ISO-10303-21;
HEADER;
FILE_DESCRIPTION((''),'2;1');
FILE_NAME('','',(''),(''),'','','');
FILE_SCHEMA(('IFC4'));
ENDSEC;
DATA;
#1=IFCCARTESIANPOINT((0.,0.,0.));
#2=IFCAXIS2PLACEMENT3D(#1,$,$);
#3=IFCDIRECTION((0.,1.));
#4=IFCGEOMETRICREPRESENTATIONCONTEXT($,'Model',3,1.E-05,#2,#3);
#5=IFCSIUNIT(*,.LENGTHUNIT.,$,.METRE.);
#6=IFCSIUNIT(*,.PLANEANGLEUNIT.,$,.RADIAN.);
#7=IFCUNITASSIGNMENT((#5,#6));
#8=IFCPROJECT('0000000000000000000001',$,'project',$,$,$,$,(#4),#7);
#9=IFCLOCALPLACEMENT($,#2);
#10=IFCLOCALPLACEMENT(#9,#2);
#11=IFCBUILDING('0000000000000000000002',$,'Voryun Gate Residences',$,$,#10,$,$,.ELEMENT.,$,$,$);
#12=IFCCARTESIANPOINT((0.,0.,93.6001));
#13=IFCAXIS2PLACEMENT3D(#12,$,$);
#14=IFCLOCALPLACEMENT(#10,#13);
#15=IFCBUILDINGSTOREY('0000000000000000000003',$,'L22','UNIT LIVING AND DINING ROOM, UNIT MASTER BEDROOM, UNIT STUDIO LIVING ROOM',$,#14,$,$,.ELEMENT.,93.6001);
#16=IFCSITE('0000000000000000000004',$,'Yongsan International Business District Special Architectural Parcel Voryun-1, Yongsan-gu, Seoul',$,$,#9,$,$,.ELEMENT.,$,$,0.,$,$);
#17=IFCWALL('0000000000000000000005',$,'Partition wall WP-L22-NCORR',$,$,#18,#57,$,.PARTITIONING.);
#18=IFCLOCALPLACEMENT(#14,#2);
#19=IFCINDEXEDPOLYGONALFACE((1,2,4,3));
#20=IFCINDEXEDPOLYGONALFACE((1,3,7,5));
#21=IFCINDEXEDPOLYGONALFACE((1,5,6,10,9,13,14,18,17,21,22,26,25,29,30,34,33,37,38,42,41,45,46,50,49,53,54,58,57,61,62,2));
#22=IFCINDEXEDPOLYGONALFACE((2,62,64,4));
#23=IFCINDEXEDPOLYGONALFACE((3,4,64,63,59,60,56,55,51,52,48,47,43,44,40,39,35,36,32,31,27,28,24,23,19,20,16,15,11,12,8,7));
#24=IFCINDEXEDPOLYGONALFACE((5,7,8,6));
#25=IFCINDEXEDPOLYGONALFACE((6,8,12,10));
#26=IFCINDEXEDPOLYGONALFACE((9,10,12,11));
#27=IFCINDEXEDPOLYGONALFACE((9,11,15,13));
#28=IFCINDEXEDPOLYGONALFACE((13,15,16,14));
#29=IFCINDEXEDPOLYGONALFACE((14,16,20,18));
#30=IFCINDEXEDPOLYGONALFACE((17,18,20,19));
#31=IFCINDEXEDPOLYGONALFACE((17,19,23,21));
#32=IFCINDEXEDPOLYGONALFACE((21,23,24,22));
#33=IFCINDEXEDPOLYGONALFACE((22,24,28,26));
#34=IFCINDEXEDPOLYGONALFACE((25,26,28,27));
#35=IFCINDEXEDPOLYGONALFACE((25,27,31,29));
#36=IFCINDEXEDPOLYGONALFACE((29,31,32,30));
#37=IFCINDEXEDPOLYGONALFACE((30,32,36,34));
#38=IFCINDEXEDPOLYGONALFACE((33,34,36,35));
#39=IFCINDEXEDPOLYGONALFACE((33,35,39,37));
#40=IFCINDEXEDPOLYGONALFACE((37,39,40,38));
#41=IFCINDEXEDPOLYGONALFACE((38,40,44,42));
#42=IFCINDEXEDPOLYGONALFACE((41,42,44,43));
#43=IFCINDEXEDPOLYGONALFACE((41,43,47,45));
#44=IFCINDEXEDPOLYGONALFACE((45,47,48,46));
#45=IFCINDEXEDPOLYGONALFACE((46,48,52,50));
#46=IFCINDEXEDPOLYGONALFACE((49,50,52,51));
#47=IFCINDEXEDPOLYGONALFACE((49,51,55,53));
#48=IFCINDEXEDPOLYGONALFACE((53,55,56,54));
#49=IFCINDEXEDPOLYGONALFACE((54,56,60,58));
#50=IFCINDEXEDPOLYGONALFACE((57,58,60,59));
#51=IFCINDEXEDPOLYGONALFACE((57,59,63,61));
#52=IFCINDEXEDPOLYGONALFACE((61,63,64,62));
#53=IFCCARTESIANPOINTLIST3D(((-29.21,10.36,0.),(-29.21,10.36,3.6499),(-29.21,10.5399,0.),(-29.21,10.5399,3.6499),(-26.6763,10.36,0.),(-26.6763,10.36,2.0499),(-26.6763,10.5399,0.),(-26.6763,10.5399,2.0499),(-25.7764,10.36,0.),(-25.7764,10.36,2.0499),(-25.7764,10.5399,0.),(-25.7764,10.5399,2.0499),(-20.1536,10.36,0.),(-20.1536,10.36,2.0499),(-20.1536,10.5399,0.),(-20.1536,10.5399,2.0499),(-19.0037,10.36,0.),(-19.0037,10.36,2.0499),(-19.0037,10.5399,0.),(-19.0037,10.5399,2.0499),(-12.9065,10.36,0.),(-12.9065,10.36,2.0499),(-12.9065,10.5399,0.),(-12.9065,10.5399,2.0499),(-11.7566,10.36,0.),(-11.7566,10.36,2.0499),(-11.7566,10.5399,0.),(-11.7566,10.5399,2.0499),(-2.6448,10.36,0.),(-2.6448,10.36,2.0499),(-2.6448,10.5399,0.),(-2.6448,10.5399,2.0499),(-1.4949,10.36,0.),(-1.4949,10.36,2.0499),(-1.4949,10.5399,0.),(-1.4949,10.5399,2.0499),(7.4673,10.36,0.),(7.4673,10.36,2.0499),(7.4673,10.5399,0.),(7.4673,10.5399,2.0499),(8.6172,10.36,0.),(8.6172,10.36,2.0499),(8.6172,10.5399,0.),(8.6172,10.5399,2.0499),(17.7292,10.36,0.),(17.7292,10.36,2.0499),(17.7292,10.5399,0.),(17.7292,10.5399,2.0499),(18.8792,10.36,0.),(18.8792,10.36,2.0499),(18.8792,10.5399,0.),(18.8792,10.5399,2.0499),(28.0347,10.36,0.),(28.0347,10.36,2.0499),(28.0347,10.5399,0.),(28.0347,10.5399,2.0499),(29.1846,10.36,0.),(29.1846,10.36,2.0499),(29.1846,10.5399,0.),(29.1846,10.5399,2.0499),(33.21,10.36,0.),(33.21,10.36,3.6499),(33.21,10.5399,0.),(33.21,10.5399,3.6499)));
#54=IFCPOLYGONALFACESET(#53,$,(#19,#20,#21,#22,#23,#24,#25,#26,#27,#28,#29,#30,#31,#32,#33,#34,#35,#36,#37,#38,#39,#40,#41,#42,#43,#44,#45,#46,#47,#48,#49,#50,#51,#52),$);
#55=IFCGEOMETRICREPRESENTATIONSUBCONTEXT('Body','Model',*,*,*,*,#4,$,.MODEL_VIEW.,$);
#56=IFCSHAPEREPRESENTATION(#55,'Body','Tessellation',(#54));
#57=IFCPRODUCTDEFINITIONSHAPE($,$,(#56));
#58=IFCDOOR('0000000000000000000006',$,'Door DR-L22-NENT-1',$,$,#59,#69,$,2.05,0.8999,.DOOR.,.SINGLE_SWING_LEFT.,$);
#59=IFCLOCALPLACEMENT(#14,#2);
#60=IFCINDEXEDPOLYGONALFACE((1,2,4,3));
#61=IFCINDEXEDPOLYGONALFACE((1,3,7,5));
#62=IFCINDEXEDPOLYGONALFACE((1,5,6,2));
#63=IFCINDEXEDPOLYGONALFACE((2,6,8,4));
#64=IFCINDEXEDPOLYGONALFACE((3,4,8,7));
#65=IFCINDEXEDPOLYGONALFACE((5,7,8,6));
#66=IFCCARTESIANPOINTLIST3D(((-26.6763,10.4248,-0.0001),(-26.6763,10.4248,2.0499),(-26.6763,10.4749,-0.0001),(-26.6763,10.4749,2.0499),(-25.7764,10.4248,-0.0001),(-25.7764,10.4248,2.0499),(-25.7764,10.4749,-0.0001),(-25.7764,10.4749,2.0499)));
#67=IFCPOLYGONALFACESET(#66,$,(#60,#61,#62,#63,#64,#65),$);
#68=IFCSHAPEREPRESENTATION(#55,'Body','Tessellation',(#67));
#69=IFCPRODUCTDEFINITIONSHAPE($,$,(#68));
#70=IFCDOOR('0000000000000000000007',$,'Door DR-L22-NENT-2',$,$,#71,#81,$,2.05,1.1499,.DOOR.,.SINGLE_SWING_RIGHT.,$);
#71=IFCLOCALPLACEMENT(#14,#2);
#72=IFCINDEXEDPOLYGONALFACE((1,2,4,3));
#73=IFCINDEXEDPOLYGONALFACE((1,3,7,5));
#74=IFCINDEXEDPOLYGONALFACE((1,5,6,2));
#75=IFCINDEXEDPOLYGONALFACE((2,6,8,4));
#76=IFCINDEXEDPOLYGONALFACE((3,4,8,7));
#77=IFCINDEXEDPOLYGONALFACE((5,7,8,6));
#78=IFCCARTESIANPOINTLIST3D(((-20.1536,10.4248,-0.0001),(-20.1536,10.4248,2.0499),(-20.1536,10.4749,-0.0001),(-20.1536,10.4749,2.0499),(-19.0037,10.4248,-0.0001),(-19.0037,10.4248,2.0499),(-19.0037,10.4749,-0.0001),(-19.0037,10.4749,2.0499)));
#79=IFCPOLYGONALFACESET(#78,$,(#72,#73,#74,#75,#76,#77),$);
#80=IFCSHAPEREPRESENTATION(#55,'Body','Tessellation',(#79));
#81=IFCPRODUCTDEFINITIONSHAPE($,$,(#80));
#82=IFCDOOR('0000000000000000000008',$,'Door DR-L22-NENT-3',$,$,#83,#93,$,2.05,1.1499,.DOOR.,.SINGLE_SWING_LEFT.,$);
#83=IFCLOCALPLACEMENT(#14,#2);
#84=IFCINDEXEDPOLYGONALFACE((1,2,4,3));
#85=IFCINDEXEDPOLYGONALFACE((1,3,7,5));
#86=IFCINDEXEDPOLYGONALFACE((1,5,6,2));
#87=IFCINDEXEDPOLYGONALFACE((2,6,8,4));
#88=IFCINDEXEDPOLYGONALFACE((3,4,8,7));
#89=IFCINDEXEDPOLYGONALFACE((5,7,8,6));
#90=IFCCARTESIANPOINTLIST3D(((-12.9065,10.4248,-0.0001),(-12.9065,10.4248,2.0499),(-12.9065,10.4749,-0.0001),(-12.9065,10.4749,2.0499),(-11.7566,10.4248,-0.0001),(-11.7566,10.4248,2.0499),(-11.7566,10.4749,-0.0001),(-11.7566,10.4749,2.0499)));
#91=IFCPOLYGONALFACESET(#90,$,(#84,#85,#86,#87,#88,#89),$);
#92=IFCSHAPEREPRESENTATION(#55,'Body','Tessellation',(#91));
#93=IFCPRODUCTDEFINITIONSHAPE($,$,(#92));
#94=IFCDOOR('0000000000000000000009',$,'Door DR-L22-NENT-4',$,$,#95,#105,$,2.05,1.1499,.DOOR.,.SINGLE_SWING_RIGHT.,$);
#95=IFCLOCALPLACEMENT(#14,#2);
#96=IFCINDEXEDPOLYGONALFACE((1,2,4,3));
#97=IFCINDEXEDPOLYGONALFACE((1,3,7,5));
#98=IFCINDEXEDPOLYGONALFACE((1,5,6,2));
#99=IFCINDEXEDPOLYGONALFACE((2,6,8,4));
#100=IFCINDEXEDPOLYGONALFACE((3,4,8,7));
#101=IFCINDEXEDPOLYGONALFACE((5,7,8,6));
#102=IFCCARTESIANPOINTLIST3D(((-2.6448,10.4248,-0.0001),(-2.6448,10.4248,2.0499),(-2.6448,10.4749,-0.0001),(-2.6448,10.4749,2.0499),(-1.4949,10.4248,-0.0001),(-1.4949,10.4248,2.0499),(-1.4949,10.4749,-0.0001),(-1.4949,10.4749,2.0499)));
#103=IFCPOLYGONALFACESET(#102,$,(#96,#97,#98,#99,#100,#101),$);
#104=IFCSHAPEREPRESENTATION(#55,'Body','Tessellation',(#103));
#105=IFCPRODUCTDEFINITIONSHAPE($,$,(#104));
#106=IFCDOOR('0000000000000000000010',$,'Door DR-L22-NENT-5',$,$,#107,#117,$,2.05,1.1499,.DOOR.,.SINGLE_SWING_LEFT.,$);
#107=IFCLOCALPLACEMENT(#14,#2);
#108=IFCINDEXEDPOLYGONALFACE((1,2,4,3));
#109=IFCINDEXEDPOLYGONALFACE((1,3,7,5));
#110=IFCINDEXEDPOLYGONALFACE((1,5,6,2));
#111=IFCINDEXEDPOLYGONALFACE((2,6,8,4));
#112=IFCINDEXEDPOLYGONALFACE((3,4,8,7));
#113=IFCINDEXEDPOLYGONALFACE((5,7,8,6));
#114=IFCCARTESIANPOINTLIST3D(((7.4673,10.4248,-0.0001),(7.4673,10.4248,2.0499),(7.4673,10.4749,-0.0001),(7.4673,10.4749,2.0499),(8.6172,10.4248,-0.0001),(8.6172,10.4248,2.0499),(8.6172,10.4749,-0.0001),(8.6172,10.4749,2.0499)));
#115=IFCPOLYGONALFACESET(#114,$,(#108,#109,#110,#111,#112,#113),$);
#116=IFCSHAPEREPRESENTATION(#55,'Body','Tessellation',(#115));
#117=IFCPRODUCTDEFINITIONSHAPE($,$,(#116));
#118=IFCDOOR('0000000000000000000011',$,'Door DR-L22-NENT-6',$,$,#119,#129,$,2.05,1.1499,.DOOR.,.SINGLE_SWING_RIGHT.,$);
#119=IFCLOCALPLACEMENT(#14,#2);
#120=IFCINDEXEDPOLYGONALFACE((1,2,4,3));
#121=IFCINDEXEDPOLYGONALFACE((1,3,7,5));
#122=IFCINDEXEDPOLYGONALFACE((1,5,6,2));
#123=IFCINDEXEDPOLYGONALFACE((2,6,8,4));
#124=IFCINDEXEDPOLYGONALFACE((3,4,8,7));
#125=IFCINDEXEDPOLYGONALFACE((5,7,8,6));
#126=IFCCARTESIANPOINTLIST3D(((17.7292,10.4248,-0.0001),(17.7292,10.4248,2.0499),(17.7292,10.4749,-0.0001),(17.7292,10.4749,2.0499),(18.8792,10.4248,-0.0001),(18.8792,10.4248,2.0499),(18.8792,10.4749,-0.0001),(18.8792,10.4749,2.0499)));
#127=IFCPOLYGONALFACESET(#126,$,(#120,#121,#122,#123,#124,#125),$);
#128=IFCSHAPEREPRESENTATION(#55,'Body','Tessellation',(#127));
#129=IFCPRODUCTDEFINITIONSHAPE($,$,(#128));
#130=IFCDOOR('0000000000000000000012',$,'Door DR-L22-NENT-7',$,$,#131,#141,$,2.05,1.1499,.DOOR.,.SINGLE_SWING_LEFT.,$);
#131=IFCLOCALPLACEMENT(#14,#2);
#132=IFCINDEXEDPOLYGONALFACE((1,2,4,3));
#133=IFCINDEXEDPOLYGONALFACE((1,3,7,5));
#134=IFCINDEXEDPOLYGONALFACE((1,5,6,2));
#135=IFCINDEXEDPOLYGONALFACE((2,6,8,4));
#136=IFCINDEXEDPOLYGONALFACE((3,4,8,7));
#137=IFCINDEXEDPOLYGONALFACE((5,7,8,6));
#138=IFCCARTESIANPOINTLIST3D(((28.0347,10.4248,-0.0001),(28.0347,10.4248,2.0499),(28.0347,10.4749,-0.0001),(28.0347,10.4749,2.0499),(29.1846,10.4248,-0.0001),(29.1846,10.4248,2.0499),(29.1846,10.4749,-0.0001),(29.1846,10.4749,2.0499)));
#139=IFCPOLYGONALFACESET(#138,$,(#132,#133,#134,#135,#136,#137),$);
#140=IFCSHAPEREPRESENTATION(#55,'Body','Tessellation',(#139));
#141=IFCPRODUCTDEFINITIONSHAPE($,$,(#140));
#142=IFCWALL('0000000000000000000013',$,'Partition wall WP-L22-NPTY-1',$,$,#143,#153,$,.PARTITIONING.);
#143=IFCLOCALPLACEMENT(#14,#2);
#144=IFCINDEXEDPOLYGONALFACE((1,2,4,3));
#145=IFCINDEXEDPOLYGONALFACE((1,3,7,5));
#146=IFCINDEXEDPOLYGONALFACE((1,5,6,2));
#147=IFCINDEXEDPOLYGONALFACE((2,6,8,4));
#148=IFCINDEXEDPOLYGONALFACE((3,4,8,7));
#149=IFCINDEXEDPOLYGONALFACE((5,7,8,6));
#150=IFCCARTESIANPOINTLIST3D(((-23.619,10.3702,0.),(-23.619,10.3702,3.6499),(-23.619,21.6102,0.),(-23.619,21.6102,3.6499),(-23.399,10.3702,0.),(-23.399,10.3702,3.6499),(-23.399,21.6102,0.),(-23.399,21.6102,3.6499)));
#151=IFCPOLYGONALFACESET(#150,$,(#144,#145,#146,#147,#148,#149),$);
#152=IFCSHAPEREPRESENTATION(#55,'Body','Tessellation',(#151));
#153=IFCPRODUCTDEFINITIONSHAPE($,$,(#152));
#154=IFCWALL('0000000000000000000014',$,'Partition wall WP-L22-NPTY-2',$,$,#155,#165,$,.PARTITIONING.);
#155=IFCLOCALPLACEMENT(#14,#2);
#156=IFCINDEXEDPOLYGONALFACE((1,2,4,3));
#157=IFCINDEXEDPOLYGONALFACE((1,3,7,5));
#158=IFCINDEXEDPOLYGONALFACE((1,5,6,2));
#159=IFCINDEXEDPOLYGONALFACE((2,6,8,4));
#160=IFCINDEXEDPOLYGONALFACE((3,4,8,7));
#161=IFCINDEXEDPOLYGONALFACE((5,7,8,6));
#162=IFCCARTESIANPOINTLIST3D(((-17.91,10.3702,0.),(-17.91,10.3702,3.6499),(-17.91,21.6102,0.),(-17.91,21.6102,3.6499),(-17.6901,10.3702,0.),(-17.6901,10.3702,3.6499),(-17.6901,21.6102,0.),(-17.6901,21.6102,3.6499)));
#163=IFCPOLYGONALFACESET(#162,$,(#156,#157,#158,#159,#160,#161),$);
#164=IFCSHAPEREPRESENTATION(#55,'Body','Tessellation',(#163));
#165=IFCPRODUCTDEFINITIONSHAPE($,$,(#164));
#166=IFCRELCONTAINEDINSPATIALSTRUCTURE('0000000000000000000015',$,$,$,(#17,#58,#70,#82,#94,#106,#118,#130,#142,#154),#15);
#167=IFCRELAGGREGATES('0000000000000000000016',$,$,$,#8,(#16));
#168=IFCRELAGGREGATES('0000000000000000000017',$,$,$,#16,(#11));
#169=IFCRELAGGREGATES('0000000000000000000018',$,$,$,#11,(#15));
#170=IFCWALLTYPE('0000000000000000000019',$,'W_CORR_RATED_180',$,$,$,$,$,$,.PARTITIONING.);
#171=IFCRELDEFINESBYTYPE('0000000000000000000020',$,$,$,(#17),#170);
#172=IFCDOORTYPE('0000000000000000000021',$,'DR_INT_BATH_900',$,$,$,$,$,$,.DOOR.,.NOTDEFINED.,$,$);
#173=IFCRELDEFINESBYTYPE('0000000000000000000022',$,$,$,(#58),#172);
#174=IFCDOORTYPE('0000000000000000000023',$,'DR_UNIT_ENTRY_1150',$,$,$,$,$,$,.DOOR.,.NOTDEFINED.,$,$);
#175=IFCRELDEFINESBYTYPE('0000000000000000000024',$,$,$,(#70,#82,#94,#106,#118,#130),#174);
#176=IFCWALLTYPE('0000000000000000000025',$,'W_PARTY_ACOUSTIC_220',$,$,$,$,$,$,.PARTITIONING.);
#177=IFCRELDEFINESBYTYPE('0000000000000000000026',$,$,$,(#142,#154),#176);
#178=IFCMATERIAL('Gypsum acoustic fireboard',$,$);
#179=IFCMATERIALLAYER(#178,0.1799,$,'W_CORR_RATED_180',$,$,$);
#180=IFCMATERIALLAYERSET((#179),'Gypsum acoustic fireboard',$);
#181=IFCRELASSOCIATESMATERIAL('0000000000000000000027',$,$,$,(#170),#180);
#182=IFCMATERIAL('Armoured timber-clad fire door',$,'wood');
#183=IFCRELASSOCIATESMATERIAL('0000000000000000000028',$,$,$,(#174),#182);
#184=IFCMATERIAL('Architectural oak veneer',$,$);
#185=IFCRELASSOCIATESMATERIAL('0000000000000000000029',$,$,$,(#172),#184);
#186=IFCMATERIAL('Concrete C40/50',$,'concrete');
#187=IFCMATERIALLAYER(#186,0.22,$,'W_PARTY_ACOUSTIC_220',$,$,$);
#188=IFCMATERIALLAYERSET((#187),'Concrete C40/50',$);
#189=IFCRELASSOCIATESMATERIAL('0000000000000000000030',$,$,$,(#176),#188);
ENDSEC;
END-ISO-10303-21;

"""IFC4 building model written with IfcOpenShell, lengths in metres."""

from ifc_helpers import new_model, si_unit, direction, frame, frame_2d, origin, place, context, subcontext, project, spatial, rectangle, extrude, material, layer, layer_set, type_object, element, fill, save


model = new_model("IFC4")

# Units and contexts
model_context = context("Model", 3, precision=1e-05, world=origin(), true_north=direction((0.0, 1.0)))
body_context = subcontext(model_context, "Body", "Model", "MODEL_VIEW")
ifc_project = project(units=[si_unit("LENGTHUNIT", "METRE"), si_unit("PLANEANGLEUNIT", "RADIAN")], contexts=[model_context])

# Site, building, storey
site_placement = place(None, origin())
site = spatial("IfcSite", under=ifc_project, at=site_placement, Name="Yongsan International Business District Special Architectural Parcel Voryun-1, Yongsan-gu, Seoul", CompositionType="ELEMENT", RefElevation=0.0)
building_placement = place(site_placement, origin())
building = spatial("IfcBuilding", under=site, at=building_placement, Name="Voryun Gate Residences", CompositionType="ELEMENT")
storey_placement = place(building_placement, frame((0.0, 0.0, 93.6001)))
storey = spatial("IfcBuildingStorey", under=building, at=storey_placement, Name="L22", Description="UNIT LIVING AND DINING ROOM, UNIT MASTER BEDROOM, UNIT STUDIO LIVING ROOM", CompositionType="ELEMENT", Elevation=93.6001)

# Shared definitions
ifc_material_1 = material(Name="Gypsum acoustic fireboard")
ifc_layer_1 = layer(ifc_material_1, 0.1799, Name="W_CORR_RATED_180")
ifc_layer_set_1 = layer_set([ifc_layer_1], Name="Gypsum acoustic fireboard")
wall_type_1 = type_object("IfcWallType", Name="W_CORR_RATED_180", PredefinedType="PARTITIONING", material=ifc_layer_set_1)
ifc_material_2 = material(Name="Armoured timber-clad fire door", Category="wood")
door_type_1 = type_object("IfcDoorType", Name="DR_UNIT_ENTRY_1150", OperationType="NOTDEFINED", PredefinedType="DOOR", material=ifc_material_2)

# Wall, openings, doors
wall_1_placement = place(storey_placement, frame((-29.21, 10.45, 0.0), z_axis=(0.0, 0.0, 1.0), x_axis=(1.0, 0.0, 0.0)))
wall_1 = element("IfcWall", 1, at=wall_1_placement, inside=storey, type_object=wall_type_1, Name="Partition wall WP-L22-NCORR", PredefinedType="PARTITIONING", context=body_context, shape_type="SweptSolid", body=[
    extrude(rectangle(XDim=62.4199, YDim=0.1799, at=frame_2d((31.21, 0.0))), origin(), (0.0, 0.0, 1.0), 3.6499),
])
opening_1_placement = place(wall_1_placement, frame((2.5337, 0.0, 0.0)))
opening_1 = element("IfcOpeningElement", 2, at=opening_1_placement, cuts=wall_1, PredefinedType="OPENING", context=body_context, shape_type="SweptSolid", body=[
    extrude(rectangle(XDim=0.8999, YDim=2.05, at=frame_2d((0.45, 1.0249))), frame((0.0, 0.0999, 0.0), z_axis=(0.0, -1.0, 0.0), x_axis=(1.0, 0.0, 0.0)), (0.0, 0.0, 1.0), 0.2),
])
opening_2_placement = place(wall_1_placement, frame((9.0564, 0.0, 0.0)))
opening_2 = element("IfcOpeningElement", 3, at=opening_2_placement, cuts=wall_1, PredefinedType="OPENING", context=body_context, shape_type="SweptSolid", body=[
    extrude(rectangle(XDim=1.1499, YDim=2.05, at=frame_2d((0.575, 1.0249))), frame((0.0, 0.0999, 0.0), z_axis=(0.0, -1.0, 0.0), x_axis=(1.0, 0.0, 0.0)), (0.0, 0.0, 1.0), 0.2),
])
opening_3_placement = place(wall_1_placement, frame((16.3035, 0.0, 0.0)))
opening_3 = element("IfcOpeningElement", 4, at=opening_3_placement, cuts=wall_1, PredefinedType="OPENING", context=body_context, shape_type="SweptSolid", body=[
    extrude(rectangle(XDim=1.1499, YDim=2.05, at=frame_2d((0.575, 1.0249))), frame((0.0, 0.0999, 0.0), z_axis=(0.0, -1.0, 0.0), x_axis=(1.0, 0.0, 0.0)), (0.0, 0.0, 1.0), 0.2),
])
opening_4_placement = place(wall_1_placement, frame((26.5652, 0.0, 0.0)))
opening_4 = element("IfcOpeningElement", 5, at=opening_4_placement, cuts=wall_1, PredefinedType="OPENING", context=body_context, shape_type="SweptSolid", body=[
    extrude(rectangle(XDim=1.1499, YDim=2.05, at=frame_2d((0.575, 1.0249))), frame((0.0, 0.0999, 0.0), z_axis=(0.0, -1.0, 0.0), x_axis=(1.0, 0.0, 0.0)), (0.0, 0.0, 1.0), 0.2),
])
opening_5_placement = place(wall_1_placement, frame((36.6772, 0.0, 0.0)))
opening_5 = element("IfcOpeningElement", 6, at=opening_5_placement, cuts=wall_1, PredefinedType="OPENING", context=body_context, shape_type="SweptSolid", body=[
    extrude(rectangle(XDim=1.1499, YDim=2.05, at=frame_2d((0.575, 1.0249))), frame((0.0, 0.0999, 0.0), z_axis=(0.0, -1.0, 0.0), x_axis=(1.0, 0.0, 0.0)), (0.0, 0.0, 1.0), 0.2),
])
opening_6_placement = place(wall_1_placement, frame((46.9392, 0.0, 0.0)))
opening_6 = element("IfcOpeningElement", 7, at=opening_6_placement, cuts=wall_1, PredefinedType="OPENING", context=body_context, shape_type="SweptSolid", body=[
    extrude(rectangle(XDim=1.1499, YDim=2.05, at=frame_2d((0.575, 1.0249))), frame((0.0, 0.0999, 0.0), z_axis=(0.0, -1.0, 0.0), x_axis=(1.0, 0.0, 0.0)), (0.0, 0.0, 1.0), 0.2),
])
opening_7_placement = place(wall_1_placement, frame((57.2446, 0.0, 0.0)))
opening_7 = element("IfcOpeningElement", 8, at=opening_7_placement, cuts=wall_1, PredefinedType="OPENING", context=body_context, shape_type="SweptSolid", body=[
    extrude(rectangle(XDim=1.1499, YDim=2.05, at=frame_2d((0.575, 1.0249))), frame((0.0, 0.0999, 0.0), z_axis=(0.0, -1.0, 0.0), x_axis=(1.0, 0.0, 0.0)), (0.0, 0.0, 1.0), 0.2),
])
ifc_material_3 = material(Name="Architectural oak veneer")
door_type_2 = type_object("IfcDoorType", Name="DR_INT_BATH_900", OperationType="NOTDEFINED", PredefinedType="DOOR", material=ifc_material_3)
door_1_placement = place(opening_1_placement, origin())
door_1 = element("IfcDoor", 9, at=door_1_placement, inside=storey, type_object=door_type_2, Name="Door DR-L22-NENT-1", OperationType="SINGLE_SWING_LEFT", OverallHeight=2.05, OverallWidth=0.8999, PredefinedType="DOOR", context=body_context, shape_type="SweptSolid", body=[
    extrude(rectangle(XDim=0.8999, YDim=2.05, at=frame_2d((0.45, 1.0249))), frame((0.0, 0.0249, 0.0), z_axis=(0.0, -1.0, 0.0), x_axis=(1.0, 0.0, 0.0)), (0.0, 0.0, 1.0), 0.05),
])
fill(opening_1, door_1)
door_2_placement = place(opening_2_placement, origin())
door_2 = element("IfcDoor", 10, at=door_2_placement, inside=storey, type_object=door_type_1, Name="Door DR-L22-NENT-2", OperationType="SINGLE_SWING_RIGHT", OverallHeight=2.05, OverallWidth=1.1499, PredefinedType="DOOR", context=body_context, shape_type="SweptSolid", body=[
    extrude(rectangle(XDim=1.1499, YDim=2.05, at=frame_2d((0.575, 1.0249))), frame((0.0, 0.0249, 0.0), z_axis=(0.0, -1.0, 0.0), x_axis=(1.0, 0.0, 0.0)), (0.0, 0.0, 1.0), 0.05),
])
fill(opening_2, door_2)
door_3_placement = place(opening_3_placement, origin())
door_3 = element("IfcDoor", 11, at=door_3_placement, inside=storey, type_object=door_type_1, Name="Door DR-L22-NENT-3", OperationType="SINGLE_SWING_LEFT", OverallHeight=2.05, OverallWidth=1.1499, PredefinedType="DOOR", context=body_context, shape_type="SweptSolid", body=[
    extrude(rectangle(XDim=1.1499, YDim=2.05, at=frame_2d((0.575, 1.0249))), frame((0.0, 0.0249, 0.0), z_axis=(0.0, -1.0, 0.0), x_axis=(1.0, 0.0, 0.0)), (0.0, 0.0, 1.0), 0.05),
])
fill(opening_3, door_3)
door_4_placement = place(opening_4_placement, origin())
door_4 = element("IfcDoor", 12, at=door_4_placement, inside=storey, type_object=door_type_1, Name="Door DR-L22-NENT-4", OperationType="SINGLE_SWING_RIGHT", OverallHeight=2.05, OverallWidth=1.1499, PredefinedType="DOOR", context=body_context, shape_type="SweptSolid", body=[
    extrude(rectangle(XDim=1.1499, YDim=2.05, at=frame_2d((0.575, 1.0249))), frame((0.0, 0.0249, 0.0), z_axis=(0.0, -1.0, 0.0), x_axis=(1.0, 0.0, 0.0)), (0.0, 0.0, 1.0), 0.05),
])
fill(opening_4, door_4)
door_5_placement = place(opening_5_placement, origin())
door_5 = element("IfcDoor", 13, at=door_5_placement, inside=storey, type_object=door_type_1, Name="Door DR-L22-NENT-5", OperationType="SINGLE_SWING_LEFT", OverallHeight=2.05, OverallWidth=1.1499, PredefinedType="DOOR", context=body_context, shape_type="SweptSolid", body=[
    extrude(rectangle(XDim=1.1499, YDim=2.05, at=frame_2d((0.575, 1.0249))), frame((0.0, 0.0249, 0.0), z_axis=(0.0, -1.0, 0.0), x_axis=(1.0, 0.0, 0.0)), (0.0, 0.0, 1.0), 0.05),
])
fill(opening_5, door_5)
door_6_placement = place(opening_6_placement, origin())
door_6 = element("IfcDoor", 14, at=door_6_placement, inside=storey, type_object=door_type_1, Name="Door DR-L22-NENT-6", OperationType="SINGLE_SWING_RIGHT", OverallHeight=2.05, OverallWidth=1.1499, PredefinedType="DOOR", context=body_context, shape_type="SweptSolid", body=[
    extrude(rectangle(XDim=1.1499, YDim=2.05, at=frame_2d((0.575, 1.0249))), frame((0.0, 0.0249, 0.0), z_axis=(0.0, -1.0, 0.0), x_axis=(1.0, 0.0, 0.0)), (0.0, 0.0, 1.0), 0.05),
])
fill(opening_6, door_6)
door_7_placement = place(opening_7_placement, origin())
door_7 = element("IfcDoor", 15, at=door_7_placement, inside=storey, type_object=door_type_1, Name="Door DR-L22-NENT-7", OperationType="SINGLE_SWING_LEFT", OverallHeight=2.05, OverallWidth=1.1499, PredefinedType="DOOR", context=body_context, shape_type="SweptSolid", body=[
    extrude(rectangle(XDim=1.1499, YDim=2.05, at=frame_2d((0.575, 1.0249))), frame((0.0, 0.0249, 0.0), z_axis=(0.0, -1.0, 0.0), x_axis=(1.0, 0.0, 0.0)), (0.0, 0.0, 1.0), 0.05),
])
fill(opening_7, door_7)

# Walls
ifc_material_4 = material(Name="Concrete C40/50", Category="concrete")
ifc_layer_2 = layer(ifc_material_4, 0.22, Name="W_PARTY_ACOUSTIC_220")
ifc_layer_set_2 = layer_set([ifc_layer_2], Name="Concrete C40/50")
wall_type_2 = type_object("IfcWallType", Name="W_PARTY_ACOUSTIC_220", PredefinedType="PARTITIONING", material=ifc_layer_set_2)
for number, where, z_axis, x_axis, name in (
    (16, (-23.509, 10.3701, 0.0), (0.0, 0.0, 1.0), (0.0, 1.0, 0.0), "Partition wall WP-L22-NPTY-1"),
    (17, (-17.8, 10.3701, 0.0), (0.0, 0.0, 1.0), (0.0, 1.0, 0.0), "Partition wall WP-L22-NPTY-2"),
):
    element("IfcWall", number, at=place(storey_placement, frame(where, z_axis=z_axis, x_axis=x_axis)), inside=storey, type_object=wall_type_2, Name=name, PredefinedType="PARTITIONING", context=body_context, shape_type="SweptSolid", body=[
        extrude(rectangle(XDim=11.24, YDim=0.22, at=frame_2d((5.6201, 0.0))), origin(), (0.0, 0.0, 1.0), 3.6499),
    ])

save(model, "model.ifc")
